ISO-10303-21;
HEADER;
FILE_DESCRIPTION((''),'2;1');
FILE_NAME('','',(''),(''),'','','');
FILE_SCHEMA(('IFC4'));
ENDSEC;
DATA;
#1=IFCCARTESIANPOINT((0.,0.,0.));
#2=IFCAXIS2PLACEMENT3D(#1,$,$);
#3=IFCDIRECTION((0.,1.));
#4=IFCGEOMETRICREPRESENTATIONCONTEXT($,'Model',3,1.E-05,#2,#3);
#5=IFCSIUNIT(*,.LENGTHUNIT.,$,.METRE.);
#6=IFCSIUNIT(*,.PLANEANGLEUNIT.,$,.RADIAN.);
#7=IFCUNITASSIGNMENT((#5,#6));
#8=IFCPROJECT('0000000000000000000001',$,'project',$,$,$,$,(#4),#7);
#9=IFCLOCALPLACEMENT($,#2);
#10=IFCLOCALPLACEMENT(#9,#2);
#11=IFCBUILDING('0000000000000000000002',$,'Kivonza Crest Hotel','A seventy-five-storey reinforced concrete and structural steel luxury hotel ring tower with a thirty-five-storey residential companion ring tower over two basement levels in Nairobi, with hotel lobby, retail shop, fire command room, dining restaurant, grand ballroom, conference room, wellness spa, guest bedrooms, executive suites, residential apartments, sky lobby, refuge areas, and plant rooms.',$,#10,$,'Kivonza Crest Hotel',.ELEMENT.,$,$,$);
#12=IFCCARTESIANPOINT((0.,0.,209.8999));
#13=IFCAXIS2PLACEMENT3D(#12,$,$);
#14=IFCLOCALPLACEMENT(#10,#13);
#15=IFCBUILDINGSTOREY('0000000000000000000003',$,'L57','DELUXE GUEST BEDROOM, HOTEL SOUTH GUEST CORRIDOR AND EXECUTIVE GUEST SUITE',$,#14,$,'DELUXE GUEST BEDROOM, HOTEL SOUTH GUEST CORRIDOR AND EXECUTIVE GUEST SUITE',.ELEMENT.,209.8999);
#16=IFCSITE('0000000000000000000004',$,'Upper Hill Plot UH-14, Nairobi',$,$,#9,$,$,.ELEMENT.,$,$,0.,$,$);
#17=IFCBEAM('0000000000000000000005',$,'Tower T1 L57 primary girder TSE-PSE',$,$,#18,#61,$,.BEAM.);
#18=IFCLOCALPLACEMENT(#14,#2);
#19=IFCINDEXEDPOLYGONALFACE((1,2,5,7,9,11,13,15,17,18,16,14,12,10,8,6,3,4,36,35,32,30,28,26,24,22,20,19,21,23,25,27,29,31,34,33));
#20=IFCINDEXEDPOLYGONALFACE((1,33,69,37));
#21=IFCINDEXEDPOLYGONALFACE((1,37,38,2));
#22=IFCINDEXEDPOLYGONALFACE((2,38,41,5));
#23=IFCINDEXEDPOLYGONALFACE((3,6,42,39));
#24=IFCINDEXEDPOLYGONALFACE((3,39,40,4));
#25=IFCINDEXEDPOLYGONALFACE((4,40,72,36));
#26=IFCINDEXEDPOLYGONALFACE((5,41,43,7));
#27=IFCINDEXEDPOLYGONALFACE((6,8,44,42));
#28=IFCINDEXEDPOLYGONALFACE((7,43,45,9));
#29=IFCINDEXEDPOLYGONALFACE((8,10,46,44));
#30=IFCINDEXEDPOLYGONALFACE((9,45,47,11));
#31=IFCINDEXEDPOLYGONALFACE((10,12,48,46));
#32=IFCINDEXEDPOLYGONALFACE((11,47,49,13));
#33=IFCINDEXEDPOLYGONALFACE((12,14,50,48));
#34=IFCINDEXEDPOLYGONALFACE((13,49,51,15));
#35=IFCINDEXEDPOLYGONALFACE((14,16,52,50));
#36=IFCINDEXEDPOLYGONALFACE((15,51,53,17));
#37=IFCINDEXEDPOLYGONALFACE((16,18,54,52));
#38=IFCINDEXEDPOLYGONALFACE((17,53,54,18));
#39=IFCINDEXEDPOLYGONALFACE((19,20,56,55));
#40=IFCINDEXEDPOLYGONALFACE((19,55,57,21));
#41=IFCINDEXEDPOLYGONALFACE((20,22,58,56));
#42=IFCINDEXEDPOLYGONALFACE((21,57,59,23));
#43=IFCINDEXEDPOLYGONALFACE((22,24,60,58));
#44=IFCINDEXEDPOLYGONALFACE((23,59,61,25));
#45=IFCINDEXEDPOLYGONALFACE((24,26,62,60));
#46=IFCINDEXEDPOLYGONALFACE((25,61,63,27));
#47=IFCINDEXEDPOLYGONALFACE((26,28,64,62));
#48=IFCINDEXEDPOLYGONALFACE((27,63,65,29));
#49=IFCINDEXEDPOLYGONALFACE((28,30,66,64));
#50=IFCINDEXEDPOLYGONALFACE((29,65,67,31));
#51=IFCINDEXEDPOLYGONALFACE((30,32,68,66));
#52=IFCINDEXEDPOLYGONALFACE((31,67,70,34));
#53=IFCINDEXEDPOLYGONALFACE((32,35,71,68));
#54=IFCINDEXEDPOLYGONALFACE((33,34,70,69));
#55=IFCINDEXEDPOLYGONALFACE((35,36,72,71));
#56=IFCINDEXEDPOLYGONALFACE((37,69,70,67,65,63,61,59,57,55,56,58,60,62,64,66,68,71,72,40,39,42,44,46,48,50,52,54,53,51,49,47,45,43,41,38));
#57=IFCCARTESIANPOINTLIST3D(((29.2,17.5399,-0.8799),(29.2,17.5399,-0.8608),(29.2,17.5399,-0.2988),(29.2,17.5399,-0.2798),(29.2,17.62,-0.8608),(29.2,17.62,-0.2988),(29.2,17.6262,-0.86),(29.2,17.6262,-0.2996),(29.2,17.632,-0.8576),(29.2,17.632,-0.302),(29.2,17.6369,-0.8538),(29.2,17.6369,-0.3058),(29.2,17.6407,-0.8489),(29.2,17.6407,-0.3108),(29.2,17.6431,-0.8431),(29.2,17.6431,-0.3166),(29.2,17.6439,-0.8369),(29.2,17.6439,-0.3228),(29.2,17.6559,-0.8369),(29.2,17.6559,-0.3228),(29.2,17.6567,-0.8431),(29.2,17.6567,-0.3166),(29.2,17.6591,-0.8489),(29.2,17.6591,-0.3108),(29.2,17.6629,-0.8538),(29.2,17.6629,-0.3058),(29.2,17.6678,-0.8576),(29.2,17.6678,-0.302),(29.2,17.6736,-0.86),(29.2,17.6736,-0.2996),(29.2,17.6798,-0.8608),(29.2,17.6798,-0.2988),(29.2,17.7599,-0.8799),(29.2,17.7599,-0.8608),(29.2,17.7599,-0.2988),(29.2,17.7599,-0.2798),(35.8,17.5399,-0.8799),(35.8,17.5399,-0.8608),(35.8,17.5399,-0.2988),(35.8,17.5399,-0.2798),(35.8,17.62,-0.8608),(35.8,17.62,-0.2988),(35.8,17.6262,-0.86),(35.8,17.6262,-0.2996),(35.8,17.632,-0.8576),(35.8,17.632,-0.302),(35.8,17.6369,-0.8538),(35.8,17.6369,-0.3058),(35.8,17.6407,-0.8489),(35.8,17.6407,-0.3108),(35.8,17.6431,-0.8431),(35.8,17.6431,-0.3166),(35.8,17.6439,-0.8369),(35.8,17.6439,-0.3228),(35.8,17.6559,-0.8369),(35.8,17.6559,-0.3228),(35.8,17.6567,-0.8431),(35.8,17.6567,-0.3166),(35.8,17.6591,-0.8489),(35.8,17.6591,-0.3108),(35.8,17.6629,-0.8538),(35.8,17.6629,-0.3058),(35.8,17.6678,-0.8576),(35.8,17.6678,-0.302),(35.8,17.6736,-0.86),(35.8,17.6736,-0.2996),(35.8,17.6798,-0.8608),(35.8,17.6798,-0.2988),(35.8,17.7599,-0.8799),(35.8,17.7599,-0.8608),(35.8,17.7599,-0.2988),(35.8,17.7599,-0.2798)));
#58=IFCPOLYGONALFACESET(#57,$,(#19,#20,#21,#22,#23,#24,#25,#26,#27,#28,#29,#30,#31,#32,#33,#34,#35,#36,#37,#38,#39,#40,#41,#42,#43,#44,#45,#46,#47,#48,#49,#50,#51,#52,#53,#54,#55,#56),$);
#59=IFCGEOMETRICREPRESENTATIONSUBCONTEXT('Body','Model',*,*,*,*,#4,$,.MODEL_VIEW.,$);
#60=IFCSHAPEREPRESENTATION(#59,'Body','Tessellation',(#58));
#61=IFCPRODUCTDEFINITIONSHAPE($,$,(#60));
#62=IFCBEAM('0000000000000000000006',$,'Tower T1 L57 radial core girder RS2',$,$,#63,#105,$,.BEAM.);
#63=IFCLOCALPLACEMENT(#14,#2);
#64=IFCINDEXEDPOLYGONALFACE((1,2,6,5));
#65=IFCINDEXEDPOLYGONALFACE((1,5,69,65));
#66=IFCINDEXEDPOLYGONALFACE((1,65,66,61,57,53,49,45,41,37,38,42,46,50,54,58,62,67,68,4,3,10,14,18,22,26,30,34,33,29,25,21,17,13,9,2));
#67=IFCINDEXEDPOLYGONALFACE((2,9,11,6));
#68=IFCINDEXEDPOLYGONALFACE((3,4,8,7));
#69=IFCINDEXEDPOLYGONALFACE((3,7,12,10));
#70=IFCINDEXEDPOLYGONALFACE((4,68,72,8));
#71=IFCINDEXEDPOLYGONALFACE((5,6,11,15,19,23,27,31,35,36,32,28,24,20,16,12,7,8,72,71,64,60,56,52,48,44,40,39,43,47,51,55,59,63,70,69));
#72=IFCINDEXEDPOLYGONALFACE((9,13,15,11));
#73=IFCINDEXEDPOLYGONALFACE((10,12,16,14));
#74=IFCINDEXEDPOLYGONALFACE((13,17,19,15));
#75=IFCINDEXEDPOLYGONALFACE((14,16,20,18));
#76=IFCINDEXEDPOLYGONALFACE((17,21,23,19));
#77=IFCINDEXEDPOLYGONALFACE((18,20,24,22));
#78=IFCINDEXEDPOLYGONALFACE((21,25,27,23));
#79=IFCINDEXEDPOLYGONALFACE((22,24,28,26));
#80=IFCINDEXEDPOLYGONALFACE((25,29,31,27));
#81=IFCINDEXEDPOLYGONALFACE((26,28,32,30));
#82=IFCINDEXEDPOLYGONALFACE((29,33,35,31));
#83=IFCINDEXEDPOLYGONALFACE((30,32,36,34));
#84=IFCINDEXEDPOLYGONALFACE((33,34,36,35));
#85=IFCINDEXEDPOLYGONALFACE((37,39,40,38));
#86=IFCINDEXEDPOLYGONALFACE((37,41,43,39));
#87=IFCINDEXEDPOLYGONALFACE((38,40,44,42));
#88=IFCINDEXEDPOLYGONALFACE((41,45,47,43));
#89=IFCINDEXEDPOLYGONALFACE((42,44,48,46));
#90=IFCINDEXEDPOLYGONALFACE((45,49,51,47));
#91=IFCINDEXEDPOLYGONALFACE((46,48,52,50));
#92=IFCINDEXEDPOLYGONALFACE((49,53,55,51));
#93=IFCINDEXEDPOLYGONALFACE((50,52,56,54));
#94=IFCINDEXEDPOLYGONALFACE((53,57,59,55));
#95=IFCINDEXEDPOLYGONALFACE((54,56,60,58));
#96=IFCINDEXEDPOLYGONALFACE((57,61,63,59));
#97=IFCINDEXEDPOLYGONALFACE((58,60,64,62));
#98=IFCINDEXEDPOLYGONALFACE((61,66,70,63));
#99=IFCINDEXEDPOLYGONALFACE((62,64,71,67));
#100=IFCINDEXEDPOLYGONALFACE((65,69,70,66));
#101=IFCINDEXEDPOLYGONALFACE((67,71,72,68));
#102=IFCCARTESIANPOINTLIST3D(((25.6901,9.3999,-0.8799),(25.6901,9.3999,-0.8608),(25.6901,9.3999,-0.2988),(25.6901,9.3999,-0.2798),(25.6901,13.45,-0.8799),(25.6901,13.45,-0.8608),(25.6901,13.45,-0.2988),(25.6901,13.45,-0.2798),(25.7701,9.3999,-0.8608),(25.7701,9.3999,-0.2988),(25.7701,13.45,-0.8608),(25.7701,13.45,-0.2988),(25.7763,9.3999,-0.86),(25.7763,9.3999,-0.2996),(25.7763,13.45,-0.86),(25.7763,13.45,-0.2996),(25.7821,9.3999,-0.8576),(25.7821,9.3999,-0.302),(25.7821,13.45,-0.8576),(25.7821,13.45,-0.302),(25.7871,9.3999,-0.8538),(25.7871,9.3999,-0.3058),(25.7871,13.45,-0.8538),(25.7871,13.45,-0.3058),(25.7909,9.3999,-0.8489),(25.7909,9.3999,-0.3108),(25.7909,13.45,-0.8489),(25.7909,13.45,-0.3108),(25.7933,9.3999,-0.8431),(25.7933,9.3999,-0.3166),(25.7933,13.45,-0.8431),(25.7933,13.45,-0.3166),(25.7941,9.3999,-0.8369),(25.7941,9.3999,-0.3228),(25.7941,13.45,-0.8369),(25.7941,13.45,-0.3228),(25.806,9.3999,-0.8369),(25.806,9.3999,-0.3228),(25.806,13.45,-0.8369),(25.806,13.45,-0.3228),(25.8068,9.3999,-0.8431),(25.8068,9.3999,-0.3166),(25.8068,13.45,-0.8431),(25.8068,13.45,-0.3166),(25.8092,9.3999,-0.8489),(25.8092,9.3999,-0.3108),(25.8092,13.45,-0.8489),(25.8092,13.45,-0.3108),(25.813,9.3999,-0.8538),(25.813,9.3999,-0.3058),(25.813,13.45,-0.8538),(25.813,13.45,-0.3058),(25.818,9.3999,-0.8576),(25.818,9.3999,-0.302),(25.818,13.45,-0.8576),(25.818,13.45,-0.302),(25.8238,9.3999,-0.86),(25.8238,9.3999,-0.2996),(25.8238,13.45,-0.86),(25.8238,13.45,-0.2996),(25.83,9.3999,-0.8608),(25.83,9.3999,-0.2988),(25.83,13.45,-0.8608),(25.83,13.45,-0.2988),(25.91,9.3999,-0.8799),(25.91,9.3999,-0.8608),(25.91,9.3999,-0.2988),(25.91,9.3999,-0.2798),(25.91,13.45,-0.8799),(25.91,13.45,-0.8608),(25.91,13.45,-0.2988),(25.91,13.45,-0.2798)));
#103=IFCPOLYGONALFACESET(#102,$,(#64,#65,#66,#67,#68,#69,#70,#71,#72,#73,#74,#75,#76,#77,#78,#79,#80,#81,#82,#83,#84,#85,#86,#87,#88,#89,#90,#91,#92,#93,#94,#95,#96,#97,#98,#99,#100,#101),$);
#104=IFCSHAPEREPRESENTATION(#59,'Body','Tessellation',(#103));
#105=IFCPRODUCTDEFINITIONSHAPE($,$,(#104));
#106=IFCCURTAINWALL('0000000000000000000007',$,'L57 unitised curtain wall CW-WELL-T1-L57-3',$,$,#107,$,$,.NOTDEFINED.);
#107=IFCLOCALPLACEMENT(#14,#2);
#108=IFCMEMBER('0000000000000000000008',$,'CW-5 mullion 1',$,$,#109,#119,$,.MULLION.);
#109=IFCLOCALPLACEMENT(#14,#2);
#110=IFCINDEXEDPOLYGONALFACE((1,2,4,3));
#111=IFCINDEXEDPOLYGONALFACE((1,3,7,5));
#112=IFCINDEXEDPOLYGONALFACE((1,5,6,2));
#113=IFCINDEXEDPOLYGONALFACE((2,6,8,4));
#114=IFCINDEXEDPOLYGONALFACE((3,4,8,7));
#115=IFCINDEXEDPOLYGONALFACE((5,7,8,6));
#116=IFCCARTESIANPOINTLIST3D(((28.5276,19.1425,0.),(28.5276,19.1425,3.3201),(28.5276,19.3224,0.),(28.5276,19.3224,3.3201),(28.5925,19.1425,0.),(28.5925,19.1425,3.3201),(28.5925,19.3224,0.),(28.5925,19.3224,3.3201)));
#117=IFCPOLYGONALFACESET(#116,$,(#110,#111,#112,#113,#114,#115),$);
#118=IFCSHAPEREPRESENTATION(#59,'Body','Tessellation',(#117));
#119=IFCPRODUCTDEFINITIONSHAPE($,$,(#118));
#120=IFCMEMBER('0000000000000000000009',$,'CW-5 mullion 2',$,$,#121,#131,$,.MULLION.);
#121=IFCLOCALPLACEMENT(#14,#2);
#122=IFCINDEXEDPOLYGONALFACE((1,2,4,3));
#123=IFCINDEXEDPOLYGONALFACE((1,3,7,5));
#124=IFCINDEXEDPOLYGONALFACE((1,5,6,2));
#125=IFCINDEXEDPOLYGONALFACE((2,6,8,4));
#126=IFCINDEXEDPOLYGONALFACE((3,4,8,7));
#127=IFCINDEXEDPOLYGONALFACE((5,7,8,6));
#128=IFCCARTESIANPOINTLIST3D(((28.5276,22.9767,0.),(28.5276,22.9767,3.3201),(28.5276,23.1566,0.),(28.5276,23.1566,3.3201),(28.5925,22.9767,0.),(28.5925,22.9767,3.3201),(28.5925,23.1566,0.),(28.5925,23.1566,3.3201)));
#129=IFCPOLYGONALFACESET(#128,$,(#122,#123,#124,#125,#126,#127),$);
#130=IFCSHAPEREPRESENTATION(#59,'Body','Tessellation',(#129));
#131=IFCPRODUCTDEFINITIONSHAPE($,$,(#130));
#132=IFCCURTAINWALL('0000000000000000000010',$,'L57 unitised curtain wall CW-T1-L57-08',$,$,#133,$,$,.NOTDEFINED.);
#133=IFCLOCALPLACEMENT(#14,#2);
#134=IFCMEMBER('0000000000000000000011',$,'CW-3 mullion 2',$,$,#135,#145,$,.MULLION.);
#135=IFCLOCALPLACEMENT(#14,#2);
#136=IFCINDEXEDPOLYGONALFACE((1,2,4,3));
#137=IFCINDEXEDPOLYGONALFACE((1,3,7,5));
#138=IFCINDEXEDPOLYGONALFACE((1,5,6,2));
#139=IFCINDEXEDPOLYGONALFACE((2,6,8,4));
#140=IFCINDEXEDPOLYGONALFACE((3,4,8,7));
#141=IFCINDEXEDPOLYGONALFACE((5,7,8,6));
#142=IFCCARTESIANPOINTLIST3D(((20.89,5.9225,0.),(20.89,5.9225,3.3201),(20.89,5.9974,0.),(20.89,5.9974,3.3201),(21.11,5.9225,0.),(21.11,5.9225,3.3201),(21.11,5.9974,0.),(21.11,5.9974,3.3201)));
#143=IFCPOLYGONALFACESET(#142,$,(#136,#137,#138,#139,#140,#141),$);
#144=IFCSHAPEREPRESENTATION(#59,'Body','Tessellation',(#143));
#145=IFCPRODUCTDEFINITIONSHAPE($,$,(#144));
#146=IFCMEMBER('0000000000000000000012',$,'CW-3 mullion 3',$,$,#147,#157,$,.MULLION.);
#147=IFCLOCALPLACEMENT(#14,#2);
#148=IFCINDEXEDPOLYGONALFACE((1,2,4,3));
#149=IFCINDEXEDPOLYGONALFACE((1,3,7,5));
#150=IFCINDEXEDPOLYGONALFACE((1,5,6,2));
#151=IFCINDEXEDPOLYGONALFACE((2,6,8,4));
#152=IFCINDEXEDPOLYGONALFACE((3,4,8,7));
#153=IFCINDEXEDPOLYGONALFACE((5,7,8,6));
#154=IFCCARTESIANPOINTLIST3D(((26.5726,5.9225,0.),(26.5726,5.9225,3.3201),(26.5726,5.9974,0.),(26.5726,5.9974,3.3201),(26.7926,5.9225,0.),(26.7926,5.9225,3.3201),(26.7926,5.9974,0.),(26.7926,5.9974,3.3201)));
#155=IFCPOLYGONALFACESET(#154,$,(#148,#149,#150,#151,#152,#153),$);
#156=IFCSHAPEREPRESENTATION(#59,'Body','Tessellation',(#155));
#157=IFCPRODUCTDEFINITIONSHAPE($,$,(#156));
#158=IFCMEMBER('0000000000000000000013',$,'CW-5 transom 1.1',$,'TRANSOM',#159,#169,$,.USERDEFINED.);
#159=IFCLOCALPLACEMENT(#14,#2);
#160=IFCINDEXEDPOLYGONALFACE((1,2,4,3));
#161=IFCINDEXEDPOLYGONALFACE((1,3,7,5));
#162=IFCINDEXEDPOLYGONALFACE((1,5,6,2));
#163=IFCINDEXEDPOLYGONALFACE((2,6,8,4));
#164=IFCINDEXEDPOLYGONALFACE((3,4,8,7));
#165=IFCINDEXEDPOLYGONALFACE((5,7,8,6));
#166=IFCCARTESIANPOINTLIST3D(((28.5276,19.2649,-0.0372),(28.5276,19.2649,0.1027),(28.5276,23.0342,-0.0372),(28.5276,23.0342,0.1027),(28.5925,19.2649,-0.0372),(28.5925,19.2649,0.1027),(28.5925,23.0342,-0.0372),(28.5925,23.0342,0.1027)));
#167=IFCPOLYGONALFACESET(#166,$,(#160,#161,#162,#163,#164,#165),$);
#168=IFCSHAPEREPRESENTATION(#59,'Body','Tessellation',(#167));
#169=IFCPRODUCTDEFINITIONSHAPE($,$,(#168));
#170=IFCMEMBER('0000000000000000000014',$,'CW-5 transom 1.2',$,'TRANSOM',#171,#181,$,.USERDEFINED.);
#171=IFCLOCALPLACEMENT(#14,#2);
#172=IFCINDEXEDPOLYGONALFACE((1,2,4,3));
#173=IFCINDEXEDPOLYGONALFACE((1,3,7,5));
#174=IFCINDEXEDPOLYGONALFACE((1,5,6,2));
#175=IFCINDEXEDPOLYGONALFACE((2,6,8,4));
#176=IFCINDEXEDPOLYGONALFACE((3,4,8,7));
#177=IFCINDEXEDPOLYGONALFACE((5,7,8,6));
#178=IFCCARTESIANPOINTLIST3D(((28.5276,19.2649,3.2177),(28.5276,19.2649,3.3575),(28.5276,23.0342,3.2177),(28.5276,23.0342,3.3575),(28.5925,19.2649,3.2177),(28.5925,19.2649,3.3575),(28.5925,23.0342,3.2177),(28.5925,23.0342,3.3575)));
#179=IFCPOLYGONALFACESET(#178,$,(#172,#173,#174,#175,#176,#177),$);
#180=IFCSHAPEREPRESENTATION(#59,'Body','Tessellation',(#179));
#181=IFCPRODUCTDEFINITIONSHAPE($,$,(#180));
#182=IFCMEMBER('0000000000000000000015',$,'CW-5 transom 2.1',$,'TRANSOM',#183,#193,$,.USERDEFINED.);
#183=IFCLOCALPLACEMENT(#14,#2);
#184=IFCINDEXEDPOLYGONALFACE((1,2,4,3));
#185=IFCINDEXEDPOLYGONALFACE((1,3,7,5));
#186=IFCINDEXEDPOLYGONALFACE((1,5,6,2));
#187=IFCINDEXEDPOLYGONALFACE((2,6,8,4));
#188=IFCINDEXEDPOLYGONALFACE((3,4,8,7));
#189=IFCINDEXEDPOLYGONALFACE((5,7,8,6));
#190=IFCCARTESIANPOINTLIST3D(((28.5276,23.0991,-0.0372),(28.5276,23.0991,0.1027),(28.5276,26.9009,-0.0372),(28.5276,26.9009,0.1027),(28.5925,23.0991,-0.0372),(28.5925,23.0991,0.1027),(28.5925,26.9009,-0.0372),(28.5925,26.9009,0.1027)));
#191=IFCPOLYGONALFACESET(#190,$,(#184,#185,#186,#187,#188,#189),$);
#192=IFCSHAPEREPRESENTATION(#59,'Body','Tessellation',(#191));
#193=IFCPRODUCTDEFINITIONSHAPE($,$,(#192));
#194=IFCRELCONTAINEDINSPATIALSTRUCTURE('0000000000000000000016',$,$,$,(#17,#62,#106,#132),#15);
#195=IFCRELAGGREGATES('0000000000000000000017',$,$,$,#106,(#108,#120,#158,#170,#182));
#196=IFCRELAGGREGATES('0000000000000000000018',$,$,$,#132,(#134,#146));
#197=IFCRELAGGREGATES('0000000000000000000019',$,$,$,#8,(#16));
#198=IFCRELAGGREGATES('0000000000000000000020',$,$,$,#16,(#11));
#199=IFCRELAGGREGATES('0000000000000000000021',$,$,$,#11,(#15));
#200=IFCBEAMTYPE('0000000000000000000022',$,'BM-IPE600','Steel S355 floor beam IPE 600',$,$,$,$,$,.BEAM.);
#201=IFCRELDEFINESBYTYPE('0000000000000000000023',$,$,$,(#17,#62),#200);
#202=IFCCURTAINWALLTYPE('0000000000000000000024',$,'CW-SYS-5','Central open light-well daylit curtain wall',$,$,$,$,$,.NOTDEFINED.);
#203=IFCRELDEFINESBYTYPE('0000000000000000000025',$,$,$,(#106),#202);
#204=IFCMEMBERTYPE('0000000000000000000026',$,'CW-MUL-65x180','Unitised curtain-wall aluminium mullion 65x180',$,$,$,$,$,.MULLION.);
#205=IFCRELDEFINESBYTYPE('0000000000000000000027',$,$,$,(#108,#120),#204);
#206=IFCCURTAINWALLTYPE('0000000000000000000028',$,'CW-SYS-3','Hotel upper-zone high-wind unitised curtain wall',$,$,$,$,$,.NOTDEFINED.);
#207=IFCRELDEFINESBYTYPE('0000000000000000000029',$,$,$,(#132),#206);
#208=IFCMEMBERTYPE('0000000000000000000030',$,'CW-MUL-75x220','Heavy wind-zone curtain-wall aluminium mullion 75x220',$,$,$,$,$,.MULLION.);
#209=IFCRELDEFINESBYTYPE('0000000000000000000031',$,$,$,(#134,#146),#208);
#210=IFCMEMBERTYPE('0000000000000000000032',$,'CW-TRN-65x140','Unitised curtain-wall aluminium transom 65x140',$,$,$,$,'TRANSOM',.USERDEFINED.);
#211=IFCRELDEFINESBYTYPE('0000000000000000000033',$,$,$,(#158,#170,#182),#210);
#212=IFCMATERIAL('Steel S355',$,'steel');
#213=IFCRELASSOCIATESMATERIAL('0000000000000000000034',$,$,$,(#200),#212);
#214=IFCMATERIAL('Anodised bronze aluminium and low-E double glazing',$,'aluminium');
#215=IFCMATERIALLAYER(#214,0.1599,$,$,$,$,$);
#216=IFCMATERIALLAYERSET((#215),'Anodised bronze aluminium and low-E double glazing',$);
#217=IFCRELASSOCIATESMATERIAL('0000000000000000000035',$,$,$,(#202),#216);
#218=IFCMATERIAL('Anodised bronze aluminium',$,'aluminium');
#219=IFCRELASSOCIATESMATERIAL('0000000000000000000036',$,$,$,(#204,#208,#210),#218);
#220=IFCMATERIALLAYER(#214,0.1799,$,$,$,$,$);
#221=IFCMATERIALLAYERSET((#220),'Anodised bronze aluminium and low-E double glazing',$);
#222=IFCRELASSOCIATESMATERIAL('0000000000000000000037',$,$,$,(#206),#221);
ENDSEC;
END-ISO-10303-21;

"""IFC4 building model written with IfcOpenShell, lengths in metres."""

from ifc_helpers import new_model, si_unit, direction, frame, origin, origin_2d, place, context, subcontext, project, spatial, rectangle, i_section, extrude, material, layer, layer_set, material_profile, profile_set, type_object, element, aggregate, save


model = new_model("IFC4")

# Units and contexts
model_context = context("Model", 3, precision=1e-05, world=origin(), true_north=direction((0.0, 1.0)))
body_context = subcontext(model_context, "Body", "Model", "MODEL_VIEW")
ifc_project = project(units=[si_unit("LENGTHUNIT", "METRE"), si_unit("PLANEANGLEUNIT", "RADIAN")], contexts=[model_context])

# Site, building, storey
site_placement = place(None, origin())
site = spatial("IfcSite", under=ifc_project, at=site_placement, Name="Upper Hill Plot UH-14, Nairobi", CompositionType="ELEMENT", RefElevation=0.0)
building_placement = place(site_placement, origin())
building = spatial("IfcBuilding", under=site, at=building_placement, Name="Kivonza Crest Hotel", Description="A seventy-five-storey reinforced concrete and structural steel luxury hotel ring tower with a thirty-five-storey residential companion ring tower over two basement levels in Nairobi, with hotel lobby, retail shop, fire command room, dining restaurant, grand ballroom, conference room, wellness spa, guest bedrooms, executive suites, residential apartments, sky lobby, refuge areas, and plant rooms.", LongName="Kivonza Crest Hotel", CompositionType="ELEMENT")
storey_placement = place(building_placement, frame((0.0, 0.0, 209.8999)))
storey = spatial("IfcBuildingStorey", under=building, at=storey_placement, Name="L57", Description="DELUXE GUEST BEDROOM, HOTEL SOUTH GUEST CORRIDOR AND EXECUTIVE GUEST SUITE", LongName="DELUXE GUEST BEDROOM, HOTEL SOUTH GUEST CORRIDOR AND EXECUTIVE GUEST SUITE", CompositionType="ELEMENT", Elevation=209.8999)

# Beams
ifc_material_1 = material(Name="Steel S355", Category="steel")
ifc_material_profile_1 = material_profile(ifc_material_1, i_section(OverallWidth=0.22, OverallDepth=0.6001, WebThickness=0.012, FlangeThickness=0.019, FilletRadius=0.0239, at=origin_2d()), Name="IPE 600")
ifc_profile_set_1 = profile_set([ifc_material_profile_1], Name="Steel S355")
beam_type_1 = type_object("IfcBeamType", Name="BM-IPE600", Description="Steel S355 floor beam IPE 600", PredefinedType="BEAM", material=ifc_profile_set_1)
beam_1_placement = place(storey_placement, frame((29.2, 17.6499, -0.5798), z_axis=(1.0, 0.0, 0.0), x_axis=(0.0, 1.0, 0.0)))
element("IfcBeam", 1, at=beam_1_placement, inside=storey, type_object=beam_type_1, Name="Tower T1 L57 primary girder TSE-PSE", PredefinedType="BEAM", context=body_context, shape_type="SweptSolid", body=[
    extrude(i_section(OverallWidth=0.22, OverallDepth=0.6001, WebThickness=0.012, FlangeThickness=0.019, FilletRadius=0.0239, at=origin_2d()), origin(), (0.0, 0.0, 1.0), 6.6001),
])
beam_2_placement = place(storey_placement, frame((25.8, 9.3999, -0.5798), z_axis=(0.0, 1.0, 0.0), x_axis=(-1.0, 0.0, 0.0)))
element("IfcBeam", 2, at=beam_2_placement, inside=storey, type_object=beam_type_1, Name="Tower T1 L57 radial core girder RS2", PredefinedType="BEAM", context=body_context, shape_type="SweptSolid", body=[
    extrude(i_section(OverallWidth=0.22, OverallDepth=0.6001, WebThickness=0.012, FlangeThickness=0.019, FilletRadius=0.0239, at=origin_2d()), origin(), (0.0, 0.0, 1.0), 4.05),
])

# Curtain walls, members
ifc_material_2 = material(Name="Anodised bronze aluminium and low-E double glazing", Category="aluminium")
ifc_layer_1 = layer(ifc_material_2, 0.1599)
ifc_layer_set_1 = layer_set([ifc_layer_1], Name="Anodised bronze aluminium and low-E double glazing")
curtain_wall_type_1 = type_object("IfcCurtainWallType", Name="CW-SYS-5", Description="Central open light-well daylit curtain wall", PredefinedType="NOTDEFINED", material=ifc_layer_set_1)
curtain_wall_1_placement = place(storey_placement, origin())
curtain_wall_1 = element("IfcCurtainWall", 3, at=curtain_wall_1_placement, inside=storey, type_object=curtain_wall_type_1, Name="L57 unitised curtain wall CW-WELL-T1-L57-3", PredefinedType="NOTDEFINED")
ifc_material_3 = material(Name="Anodised bronze aluminium", Category="aluminium")
ifc_material_profile_2 = material_profile(ifc_material_3, rectangle(XDim=0.0649, YDim=0.1799, at=origin_2d()), Name="CW-M 65x180")
ifc_profile_set_2 = profile_set([ifc_material_profile_2], Name="Anodised bronze aluminium")
member_type_1 = type_object("IfcMemberType", Name="CW-MUL-65x180", Description="Unitised curtain-wall aluminium mullion 65x180", PredefinedType="MULLION", material=ifc_profile_set_2)
member_1_placement = place(storey_placement, frame((28.5601, 19.2324, 0.0), z_axis=(0.0, 0.0, 1.0), x_axis=(-1.0, 0.0, 0.0)))
member_1 = element("IfcMember", 4, at=member_1_placement, type_object=member_type_1, Name="CW-5 mullion 1", PredefinedType="MULLION", context=body_context, shape_type="SweptSolid", body=[
    extrude(rectangle(XDim=0.0649, YDim=0.1799, at=origin_2d()), origin(), (0.0, 0.0, 1.0), 3.3201),
])
member_2_placement = place(storey_placement, frame((28.5601, 23.0667, 0.0), z_axis=(0.0, 0.0, 1.0), x_axis=(-1.0, 0.0, 0.0)))
member_2 = element("IfcMember", 5, at=member_2_placement, type_object=member_type_1, Name="CW-5 mullion 2", PredefinedType="MULLION", context=body_context, shape_type="SweptSolid", body=[
    extrude(rectangle(XDim=0.0649, YDim=0.1799, at=origin_2d()), origin(), (0.0, 0.0, 1.0), 3.3201),
])
ifc_layer_2 = layer(ifc_material_2, 0.1799)
ifc_layer_set_2 = layer_set([ifc_layer_2], Name="Anodised bronze aluminium and low-E double glazing")
curtain_wall_type_2 = type_object("IfcCurtainWallType", Name="CW-SYS-3", Description="Hotel upper-zone high-wind unitised curtain wall", PredefinedType="NOTDEFINED", material=ifc_layer_set_2)
curtain_wall_2_placement = place(storey_placement, origin())
curtain_wall_2 = element("IfcCurtainWall", 6, at=curtain_wall_2_placement, inside=storey, type_object=curtain_wall_type_2, Name="L57 unitised curtain wall CW-T1-L57-08", PredefinedType="NOTDEFINED")
ifc_material_profile_3 = material_profile(ifc_material_3, rectangle(XDim=0.075, YDim=0.22, at=origin_2d()), Name="CW-M 75x220")
ifc_profile_set_3 = profile_set([ifc_material_profile_3], Name="Anodised bronze aluminium")
member_type_2 = type_object("IfcMemberType", Name="CW-MUL-75x220", Description="Heavy wind-zone curtain-wall aluminium mullion 75x220", PredefinedType="MULLION", material=ifc_profile_set_3)
member_3_placement = place(storey_placement, frame((21.0, 5.96, 0.0), z_axis=(0.0, 0.0, 1.0), x_axis=(0.0, 1.0, 0.0)))
member_3 = element("IfcMember", 7, at=member_3_placement, type_object=member_type_2, Name="CW-3 mullion 2", PredefinedType="MULLION", context=body_context, shape_type="SweptSolid", body=[
    extrude(rectangle(XDim=0.075, YDim=0.22, at=origin_2d()), origin(), (0.0, 0.0, 1.0), 3.3201),
])
member_4_placement = place(storey_placement, frame((26.6826, 5.96, 0.0), z_axis=(0.0, 0.0, 1.0), x_axis=(0.0, 1.0, 0.0)))
member_4 = element("IfcMember", 8, at=member_4_placement, type_object=member_type_2, Name="CW-3 mullion 3", PredefinedType="MULLION", context=body_context, shape_type="SweptSolid", body=[
    extrude(rectangle(XDim=0.075, YDim=0.22, at=origin_2d()), origin(), (0.0, 0.0, 1.0), 3.3201),
])

# Members
ifc_material_profile_4 = material_profile(ifc_material_3, rectangle(XDim=0.0649, YDim=0.1399, at=origin_2d()), Name="CW-T 65x140")
ifc_profile_set_4 = profile_set([ifc_material_profile_4], Name="Anodised bronze aluminium")
member_type_3 = type_object("IfcMemberType", Name="CW-TRN-65x140", Description="Unitised curtain-wall aluminium transom 65x140", ElementType="TRANSOM", PredefinedType="USERDEFINED", material=ifc_profile_set_4)
member_5_placement = place(storey_placement, frame((28.5601, 19.2649, 0.0327), z_axis=(0.0, 1.0, 0.0), x_axis=(-1.0, 0.0, 0.0)))
member_5 = element("IfcMember", 9, at=member_5_placement, type_object=member_type_3, Name="CW-5 transom 1.1", ObjectType="TRANSOM", PredefinedType="USERDEFINED", context=body_context, shape_type="SweptSolid", body=[
    extrude(rectangle(XDim=0.0649, YDim=0.1399, at=origin_2d()), origin(), (0.0, 0.0, 1.0), 3.7693),
])
member_6_placement = place(storey_placement, frame((28.5601, 19.2649, 3.2876), z_axis=(0.0, 1.0, 0.0), x_axis=(-1.0, 0.0, 0.0)))
member_6 = element("IfcMember", 10, at=member_6_placement, type_object=member_type_3, Name="CW-5 transom 1.2", ObjectType="TRANSOM", PredefinedType="USERDEFINED", context=body_context, shape_type="SweptSolid", body=[
    extrude(rectangle(XDim=0.0649, YDim=0.1399, at=origin_2d()), origin(), (0.0, 0.0, 1.0), 3.7693),
])
member_7_placement = place(storey_placement, frame((28.5601, 23.0991, 0.0327), z_axis=(0.0, 1.0, 0.0), x_axis=(-1.0, 0.0, 0.0)))
member_7 = element("IfcMember", 11, at=member_7_placement, type_object=member_type_3, Name="CW-5 transom 2.1", ObjectType="TRANSOM", PredefinedType="USERDEFINED", context=body_context, shape_type="SweptSolid", body=[
    extrude(rectangle(XDim=0.0649, YDim=0.1399, at=origin_2d()), origin(), (0.0, 0.0, 1.0), 3.8018),
])

aggregate(curtain_wall_1, [member_1, member_2, member_5, member_6, member_7])
aggregate(curtain_wall_2, [member_3, member_4])

save(model, "model.ifc")
